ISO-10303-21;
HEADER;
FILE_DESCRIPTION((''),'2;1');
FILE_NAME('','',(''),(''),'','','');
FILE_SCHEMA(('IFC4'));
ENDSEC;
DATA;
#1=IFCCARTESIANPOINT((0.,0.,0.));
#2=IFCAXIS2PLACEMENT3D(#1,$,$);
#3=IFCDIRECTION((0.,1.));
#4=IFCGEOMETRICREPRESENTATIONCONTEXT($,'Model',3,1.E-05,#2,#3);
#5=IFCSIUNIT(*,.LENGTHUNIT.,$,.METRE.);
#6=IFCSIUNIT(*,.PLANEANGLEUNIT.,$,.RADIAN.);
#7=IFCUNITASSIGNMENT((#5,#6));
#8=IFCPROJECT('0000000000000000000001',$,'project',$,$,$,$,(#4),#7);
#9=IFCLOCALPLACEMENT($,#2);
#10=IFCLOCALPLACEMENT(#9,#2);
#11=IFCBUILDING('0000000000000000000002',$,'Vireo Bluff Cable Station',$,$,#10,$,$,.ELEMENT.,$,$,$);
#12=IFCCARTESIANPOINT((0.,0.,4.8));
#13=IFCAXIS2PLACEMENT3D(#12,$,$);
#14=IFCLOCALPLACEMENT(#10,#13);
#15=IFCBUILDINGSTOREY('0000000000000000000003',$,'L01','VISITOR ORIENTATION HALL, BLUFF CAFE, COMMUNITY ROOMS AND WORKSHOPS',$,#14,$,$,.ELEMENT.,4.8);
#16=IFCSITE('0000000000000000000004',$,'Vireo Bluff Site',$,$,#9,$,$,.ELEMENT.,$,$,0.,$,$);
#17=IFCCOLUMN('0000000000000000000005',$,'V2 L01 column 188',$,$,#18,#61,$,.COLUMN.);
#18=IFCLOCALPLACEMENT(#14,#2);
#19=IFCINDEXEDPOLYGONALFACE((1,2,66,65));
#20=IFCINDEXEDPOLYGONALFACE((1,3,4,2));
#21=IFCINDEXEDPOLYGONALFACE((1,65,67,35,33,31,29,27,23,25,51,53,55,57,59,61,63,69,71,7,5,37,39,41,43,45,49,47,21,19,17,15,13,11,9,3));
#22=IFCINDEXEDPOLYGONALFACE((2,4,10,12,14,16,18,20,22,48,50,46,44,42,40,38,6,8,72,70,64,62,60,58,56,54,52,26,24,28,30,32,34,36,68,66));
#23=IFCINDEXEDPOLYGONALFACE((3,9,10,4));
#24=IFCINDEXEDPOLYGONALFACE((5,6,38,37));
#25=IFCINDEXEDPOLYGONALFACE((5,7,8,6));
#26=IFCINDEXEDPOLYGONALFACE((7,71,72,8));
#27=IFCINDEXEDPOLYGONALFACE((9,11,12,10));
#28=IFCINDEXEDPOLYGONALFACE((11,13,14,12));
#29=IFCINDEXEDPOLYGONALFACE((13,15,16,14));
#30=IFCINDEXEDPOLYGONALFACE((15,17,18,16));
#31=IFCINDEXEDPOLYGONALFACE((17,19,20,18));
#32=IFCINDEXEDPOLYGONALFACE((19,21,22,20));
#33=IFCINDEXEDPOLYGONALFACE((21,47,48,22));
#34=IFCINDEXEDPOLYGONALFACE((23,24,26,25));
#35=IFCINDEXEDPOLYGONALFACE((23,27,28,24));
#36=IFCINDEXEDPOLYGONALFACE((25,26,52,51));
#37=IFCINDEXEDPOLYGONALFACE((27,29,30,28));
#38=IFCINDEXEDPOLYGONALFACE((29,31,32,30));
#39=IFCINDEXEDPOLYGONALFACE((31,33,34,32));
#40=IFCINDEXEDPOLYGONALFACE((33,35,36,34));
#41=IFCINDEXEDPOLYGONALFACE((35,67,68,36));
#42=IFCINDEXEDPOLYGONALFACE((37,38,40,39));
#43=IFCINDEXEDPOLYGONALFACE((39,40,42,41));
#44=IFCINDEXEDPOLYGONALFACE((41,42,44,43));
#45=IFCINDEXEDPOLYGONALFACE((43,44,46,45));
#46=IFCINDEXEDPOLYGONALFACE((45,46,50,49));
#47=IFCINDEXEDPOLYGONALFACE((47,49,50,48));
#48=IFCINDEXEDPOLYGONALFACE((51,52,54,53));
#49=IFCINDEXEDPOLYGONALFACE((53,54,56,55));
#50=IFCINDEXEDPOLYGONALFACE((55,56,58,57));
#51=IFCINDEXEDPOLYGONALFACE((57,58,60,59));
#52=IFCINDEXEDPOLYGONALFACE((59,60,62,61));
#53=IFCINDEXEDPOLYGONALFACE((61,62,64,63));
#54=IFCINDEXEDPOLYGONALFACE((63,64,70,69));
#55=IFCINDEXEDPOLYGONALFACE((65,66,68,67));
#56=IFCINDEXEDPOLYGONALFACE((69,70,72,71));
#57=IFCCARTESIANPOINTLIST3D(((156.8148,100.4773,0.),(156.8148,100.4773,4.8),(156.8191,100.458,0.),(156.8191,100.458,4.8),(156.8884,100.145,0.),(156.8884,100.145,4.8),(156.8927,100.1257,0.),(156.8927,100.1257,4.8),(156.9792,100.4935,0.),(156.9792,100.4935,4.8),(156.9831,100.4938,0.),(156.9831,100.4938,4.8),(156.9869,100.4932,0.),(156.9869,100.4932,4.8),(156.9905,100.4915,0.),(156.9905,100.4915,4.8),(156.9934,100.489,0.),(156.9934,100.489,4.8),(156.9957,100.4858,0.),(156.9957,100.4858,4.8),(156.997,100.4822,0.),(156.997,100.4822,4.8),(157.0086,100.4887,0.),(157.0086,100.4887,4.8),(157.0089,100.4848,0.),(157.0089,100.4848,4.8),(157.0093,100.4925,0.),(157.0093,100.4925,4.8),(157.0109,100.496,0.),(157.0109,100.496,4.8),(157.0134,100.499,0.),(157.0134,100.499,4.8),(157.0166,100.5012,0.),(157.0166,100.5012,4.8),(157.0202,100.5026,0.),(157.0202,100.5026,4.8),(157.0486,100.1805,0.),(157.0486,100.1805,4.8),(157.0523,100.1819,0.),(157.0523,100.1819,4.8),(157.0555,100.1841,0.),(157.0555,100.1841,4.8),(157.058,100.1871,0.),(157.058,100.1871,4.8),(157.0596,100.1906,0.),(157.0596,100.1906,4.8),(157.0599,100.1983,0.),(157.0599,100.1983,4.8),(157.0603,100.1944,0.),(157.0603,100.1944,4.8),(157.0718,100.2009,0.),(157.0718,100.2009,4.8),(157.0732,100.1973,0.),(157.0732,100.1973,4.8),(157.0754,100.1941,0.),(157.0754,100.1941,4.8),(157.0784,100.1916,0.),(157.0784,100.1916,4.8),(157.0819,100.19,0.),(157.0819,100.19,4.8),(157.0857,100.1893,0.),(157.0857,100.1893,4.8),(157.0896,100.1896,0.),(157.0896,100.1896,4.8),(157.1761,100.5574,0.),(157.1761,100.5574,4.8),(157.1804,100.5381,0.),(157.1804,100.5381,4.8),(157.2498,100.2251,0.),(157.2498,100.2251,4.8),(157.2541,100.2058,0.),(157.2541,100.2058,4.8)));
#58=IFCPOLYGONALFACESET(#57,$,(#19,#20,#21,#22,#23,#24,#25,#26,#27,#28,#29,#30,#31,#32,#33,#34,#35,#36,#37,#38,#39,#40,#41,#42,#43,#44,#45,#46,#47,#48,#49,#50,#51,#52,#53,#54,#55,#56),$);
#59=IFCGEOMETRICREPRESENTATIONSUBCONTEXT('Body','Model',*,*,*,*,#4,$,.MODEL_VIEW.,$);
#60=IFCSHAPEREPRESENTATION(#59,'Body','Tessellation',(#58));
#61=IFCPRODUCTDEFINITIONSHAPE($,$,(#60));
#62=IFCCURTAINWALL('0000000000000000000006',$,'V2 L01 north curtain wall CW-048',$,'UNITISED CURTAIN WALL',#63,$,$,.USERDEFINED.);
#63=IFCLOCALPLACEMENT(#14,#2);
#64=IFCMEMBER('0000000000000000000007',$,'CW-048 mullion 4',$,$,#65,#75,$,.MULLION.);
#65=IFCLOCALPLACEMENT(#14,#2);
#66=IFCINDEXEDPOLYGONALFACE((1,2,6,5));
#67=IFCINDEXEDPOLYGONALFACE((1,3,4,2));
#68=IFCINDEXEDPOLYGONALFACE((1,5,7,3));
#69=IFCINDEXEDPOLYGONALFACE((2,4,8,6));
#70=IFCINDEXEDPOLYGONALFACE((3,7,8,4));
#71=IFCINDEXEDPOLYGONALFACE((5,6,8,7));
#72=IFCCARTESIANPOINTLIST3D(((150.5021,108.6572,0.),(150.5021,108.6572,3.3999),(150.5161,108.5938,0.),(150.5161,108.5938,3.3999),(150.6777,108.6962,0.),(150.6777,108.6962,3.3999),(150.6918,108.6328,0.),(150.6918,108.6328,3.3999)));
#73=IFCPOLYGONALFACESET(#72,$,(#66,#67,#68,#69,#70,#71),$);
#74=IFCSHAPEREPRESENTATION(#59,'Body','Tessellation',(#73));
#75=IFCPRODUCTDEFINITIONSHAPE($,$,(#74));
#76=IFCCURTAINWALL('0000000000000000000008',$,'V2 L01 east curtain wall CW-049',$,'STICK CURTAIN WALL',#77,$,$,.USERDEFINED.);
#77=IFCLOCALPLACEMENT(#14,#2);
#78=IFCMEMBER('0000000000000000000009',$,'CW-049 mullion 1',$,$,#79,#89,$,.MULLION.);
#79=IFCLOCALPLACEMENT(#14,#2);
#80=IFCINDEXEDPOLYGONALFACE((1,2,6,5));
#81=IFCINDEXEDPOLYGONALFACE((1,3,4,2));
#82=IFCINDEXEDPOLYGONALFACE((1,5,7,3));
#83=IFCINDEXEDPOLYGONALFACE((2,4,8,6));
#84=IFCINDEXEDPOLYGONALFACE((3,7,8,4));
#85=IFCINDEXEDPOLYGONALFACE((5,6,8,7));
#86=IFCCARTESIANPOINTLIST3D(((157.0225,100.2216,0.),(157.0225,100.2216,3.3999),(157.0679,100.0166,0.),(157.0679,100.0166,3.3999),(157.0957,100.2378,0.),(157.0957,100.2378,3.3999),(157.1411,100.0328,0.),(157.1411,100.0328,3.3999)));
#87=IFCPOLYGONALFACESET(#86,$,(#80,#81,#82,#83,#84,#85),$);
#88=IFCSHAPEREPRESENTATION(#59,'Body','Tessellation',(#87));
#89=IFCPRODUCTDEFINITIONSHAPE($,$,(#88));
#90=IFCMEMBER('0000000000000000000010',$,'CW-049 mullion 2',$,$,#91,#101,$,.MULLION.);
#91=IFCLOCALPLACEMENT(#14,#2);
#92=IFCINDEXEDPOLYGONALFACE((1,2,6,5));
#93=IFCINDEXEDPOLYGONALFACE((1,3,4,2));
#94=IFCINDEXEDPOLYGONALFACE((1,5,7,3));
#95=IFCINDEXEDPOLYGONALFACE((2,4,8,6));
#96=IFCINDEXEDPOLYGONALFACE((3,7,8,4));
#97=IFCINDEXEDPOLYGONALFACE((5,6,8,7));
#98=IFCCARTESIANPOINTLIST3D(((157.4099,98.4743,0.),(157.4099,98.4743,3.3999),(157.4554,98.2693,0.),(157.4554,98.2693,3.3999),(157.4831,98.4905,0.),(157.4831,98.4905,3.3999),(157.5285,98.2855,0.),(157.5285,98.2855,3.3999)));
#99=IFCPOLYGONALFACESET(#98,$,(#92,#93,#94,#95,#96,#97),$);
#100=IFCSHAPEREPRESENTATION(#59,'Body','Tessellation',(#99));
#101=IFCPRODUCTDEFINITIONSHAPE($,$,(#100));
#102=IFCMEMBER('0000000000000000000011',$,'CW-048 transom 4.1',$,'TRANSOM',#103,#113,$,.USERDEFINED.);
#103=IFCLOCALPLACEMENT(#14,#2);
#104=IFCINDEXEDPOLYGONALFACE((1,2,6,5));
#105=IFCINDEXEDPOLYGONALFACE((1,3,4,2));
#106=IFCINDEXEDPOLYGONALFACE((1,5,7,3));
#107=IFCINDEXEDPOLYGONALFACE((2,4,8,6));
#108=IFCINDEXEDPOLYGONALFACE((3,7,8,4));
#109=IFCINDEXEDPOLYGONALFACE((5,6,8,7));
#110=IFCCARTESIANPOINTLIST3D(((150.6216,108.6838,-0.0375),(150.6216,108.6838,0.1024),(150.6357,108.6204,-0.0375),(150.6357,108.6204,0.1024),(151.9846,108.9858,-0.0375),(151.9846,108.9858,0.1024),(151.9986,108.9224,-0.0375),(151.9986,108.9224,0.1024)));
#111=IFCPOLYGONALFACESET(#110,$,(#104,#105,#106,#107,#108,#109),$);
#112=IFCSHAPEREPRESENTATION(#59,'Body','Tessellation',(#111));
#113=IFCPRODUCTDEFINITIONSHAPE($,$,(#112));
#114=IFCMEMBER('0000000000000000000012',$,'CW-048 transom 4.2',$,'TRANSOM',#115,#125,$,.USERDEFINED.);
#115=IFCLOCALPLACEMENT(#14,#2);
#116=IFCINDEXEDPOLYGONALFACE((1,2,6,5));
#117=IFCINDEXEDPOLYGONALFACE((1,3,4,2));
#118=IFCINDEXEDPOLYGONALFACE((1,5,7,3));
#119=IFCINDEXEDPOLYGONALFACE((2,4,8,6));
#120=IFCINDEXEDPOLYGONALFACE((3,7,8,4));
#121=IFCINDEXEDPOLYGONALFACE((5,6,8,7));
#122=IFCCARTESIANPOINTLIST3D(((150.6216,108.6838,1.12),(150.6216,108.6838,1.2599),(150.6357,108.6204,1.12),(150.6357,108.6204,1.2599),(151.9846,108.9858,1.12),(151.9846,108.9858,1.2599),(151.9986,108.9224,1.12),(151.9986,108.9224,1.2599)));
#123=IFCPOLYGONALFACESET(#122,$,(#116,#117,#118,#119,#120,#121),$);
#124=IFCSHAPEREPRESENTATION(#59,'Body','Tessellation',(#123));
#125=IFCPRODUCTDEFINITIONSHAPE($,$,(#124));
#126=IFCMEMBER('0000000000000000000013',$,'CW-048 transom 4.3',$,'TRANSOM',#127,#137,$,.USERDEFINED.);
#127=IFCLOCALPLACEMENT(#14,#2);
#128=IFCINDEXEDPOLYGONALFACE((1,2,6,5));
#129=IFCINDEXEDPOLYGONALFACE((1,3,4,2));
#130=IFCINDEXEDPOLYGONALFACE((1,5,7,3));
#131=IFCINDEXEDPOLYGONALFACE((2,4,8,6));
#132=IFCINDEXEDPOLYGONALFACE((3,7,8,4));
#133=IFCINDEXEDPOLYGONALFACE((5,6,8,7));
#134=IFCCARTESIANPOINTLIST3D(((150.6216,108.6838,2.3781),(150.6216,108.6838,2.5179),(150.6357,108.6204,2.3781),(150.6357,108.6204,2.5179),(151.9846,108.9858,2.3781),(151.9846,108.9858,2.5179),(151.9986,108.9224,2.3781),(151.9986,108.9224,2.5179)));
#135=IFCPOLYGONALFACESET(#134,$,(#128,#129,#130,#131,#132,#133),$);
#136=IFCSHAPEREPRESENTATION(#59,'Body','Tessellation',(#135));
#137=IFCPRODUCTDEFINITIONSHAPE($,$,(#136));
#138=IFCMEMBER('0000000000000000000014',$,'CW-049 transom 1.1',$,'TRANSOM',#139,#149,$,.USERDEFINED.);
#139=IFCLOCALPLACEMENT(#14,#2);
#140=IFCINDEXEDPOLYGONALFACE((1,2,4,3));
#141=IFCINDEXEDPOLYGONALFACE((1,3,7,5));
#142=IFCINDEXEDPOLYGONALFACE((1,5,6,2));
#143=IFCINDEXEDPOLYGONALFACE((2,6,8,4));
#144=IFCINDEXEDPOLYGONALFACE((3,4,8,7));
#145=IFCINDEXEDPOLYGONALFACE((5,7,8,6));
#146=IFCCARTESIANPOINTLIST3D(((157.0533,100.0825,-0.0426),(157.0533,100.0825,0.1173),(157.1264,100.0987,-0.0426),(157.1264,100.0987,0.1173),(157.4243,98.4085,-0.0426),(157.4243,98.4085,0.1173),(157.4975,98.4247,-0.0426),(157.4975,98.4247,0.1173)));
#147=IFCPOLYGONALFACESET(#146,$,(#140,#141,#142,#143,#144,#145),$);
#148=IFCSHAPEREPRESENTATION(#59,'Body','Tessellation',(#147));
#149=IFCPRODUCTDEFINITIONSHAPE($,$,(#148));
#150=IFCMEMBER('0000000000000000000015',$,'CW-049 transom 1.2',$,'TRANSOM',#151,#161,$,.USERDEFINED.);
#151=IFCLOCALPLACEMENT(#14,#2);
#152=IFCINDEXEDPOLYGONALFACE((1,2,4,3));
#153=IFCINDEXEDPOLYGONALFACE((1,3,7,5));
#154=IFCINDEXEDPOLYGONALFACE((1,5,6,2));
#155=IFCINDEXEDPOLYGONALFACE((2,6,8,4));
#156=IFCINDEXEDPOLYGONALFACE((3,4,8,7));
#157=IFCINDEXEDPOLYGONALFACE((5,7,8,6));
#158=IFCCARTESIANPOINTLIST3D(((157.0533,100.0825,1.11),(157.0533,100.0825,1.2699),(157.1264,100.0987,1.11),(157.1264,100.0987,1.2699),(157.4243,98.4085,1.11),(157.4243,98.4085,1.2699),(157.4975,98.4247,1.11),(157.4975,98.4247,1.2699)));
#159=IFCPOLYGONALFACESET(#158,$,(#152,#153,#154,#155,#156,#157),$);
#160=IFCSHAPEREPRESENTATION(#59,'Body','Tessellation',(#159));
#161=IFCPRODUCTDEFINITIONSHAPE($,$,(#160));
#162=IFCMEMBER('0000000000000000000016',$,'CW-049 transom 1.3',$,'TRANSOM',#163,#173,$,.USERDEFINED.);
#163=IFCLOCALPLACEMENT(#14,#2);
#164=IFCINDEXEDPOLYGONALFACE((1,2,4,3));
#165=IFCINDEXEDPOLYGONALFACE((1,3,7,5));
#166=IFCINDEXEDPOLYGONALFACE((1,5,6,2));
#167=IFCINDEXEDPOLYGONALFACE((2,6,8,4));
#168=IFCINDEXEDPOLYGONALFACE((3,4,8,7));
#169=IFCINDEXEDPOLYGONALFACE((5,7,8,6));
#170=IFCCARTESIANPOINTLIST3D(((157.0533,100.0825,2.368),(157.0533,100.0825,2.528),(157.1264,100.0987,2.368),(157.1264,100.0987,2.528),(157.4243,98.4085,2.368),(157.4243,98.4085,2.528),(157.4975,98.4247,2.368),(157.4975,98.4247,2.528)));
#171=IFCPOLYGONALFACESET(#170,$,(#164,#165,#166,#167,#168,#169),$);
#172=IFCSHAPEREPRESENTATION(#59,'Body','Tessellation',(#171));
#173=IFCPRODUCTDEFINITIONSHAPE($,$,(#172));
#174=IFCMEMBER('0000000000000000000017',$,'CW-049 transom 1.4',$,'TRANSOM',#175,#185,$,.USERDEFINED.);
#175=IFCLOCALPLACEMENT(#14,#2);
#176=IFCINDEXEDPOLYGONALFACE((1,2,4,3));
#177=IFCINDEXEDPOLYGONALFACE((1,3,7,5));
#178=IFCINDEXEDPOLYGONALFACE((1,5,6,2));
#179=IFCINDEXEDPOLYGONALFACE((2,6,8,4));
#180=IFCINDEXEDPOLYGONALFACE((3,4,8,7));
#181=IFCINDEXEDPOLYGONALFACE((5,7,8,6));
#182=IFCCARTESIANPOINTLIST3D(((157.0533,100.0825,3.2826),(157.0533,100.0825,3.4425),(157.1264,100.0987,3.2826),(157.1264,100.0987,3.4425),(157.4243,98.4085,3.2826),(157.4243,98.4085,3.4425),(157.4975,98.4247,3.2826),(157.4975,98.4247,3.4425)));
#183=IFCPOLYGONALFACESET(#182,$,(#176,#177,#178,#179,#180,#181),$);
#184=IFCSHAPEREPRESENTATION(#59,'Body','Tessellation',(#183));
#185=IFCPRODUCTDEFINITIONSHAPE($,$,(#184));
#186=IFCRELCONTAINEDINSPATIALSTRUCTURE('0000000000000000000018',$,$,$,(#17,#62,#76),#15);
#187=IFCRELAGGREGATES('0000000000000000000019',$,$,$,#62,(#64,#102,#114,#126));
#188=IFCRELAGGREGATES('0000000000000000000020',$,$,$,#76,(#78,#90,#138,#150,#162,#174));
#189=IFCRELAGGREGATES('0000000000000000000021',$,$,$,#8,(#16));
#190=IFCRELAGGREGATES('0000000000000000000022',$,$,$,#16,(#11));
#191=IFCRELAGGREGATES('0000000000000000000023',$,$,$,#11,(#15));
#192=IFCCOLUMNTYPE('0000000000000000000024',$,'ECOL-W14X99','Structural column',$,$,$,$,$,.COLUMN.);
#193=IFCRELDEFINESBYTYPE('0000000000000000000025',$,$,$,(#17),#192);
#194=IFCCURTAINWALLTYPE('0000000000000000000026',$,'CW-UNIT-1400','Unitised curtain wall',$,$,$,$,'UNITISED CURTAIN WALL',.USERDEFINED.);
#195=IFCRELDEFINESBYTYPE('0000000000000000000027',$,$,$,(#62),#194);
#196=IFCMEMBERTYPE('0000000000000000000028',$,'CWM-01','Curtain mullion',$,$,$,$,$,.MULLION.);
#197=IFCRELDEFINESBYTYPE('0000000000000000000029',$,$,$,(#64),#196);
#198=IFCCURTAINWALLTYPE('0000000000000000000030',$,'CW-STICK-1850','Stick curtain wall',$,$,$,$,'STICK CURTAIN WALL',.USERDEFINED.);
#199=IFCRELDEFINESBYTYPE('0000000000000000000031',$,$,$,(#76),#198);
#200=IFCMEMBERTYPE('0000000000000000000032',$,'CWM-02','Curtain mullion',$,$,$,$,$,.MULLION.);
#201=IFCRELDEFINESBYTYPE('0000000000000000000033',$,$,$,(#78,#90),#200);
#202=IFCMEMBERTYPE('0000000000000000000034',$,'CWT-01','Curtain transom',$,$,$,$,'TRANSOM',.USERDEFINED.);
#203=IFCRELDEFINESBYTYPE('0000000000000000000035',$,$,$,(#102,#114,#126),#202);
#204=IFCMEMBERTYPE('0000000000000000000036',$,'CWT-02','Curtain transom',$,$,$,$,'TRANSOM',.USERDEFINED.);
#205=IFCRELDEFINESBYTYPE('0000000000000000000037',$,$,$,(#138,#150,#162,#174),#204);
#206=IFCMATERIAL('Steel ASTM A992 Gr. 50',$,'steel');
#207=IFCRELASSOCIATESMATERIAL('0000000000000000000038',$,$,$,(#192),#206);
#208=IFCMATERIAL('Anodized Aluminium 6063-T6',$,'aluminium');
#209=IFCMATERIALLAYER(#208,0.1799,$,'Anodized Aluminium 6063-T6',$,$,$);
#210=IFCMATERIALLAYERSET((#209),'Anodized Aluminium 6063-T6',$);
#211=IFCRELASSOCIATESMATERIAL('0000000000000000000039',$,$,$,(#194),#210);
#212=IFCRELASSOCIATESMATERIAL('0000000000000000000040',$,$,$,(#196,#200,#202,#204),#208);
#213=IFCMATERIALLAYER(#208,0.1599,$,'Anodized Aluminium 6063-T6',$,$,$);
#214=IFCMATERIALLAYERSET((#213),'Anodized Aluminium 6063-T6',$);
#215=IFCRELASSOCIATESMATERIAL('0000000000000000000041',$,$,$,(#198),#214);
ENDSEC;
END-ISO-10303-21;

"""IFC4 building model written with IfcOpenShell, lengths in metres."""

from ifc_helpers import new_model, si_unit, direction, frame, origin, origin_2d, place, context, subcontext, project, spatial, rectangle, i_section, extrude, material, layer, layer_set, material_profile, profile_set, type_object, element, aggregate, save


model = new_model("IFC4")

# Units and contexts
model_context = context("Model", 3, precision=1e-05, world=origin(), true_north=direction((0.0, 1.0)))
body_context = subcontext(model_context, "Body", "Model", "MODEL_VIEW")
ifc_project = project(units=[si_unit("LENGTHUNIT", "METRE"), si_unit("PLANEANGLEUNIT", "RADIAN")], contexts=[model_context])

# Site, building, storey
site_placement = place(None, origin())
site = spatial("IfcSite", under=ifc_project, at=site_placement, Name="Vireo Bluff Site", CompositionType="ELEMENT", RefElevation=0.0)
building_placement = place(site_placement, origin())
building = spatial("IfcBuilding", under=site, at=building_placement, Name="Vireo Bluff Cable Station", CompositionType="ELEMENT")
storey_placement = place(building_placement, frame((0.0, 0.0, 4.8)))
storey = spatial("IfcBuildingStorey", under=building, at=storey_placement, Name="L01", Description="VISITOR ORIENTATION HALL, BLUFF CAFE, COMMUNITY ROOMS AND WORKSHOPS", CompositionType="ELEMENT", Elevation=4.8)

# Column
ifc_material_1 = material(Name="Steel ASTM A992 Gr. 50", Category="steel")
ifc_material_profile_1 = material_profile(ifc_material_1, i_section(OverallWidth=0.3701, OverallDepth=0.3601, WebThickness=0.0122, FlangeThickness=0.0198, FilletRadius=0.0149, at=origin_2d()), Name="W14X99")
ifc_profile_set_1 = profile_set([ifc_material_profile_1], Name="Steel ASTM A992 Gr. 50")
column_type = type_object("IfcColumnType", Name="ECOL-W14X99", Description="Structural column", PredefinedType="COLUMN", material=ifc_profile_set_1)
column_placement = place(storey_placement, frame((157.0344, 100.3416, 0.0), z_axis=(0.0, 0.0, 1.0), x_axis=(0.976296, 0.21644, 0.0)))
element("IfcColumn", 1, at=column_placement, inside=storey, type_object=column_type, Name="V2 L01 column 188", PredefinedType="COLUMN", context=body_context, shape_type="SweptSolid", body=[
    extrude(i_section(OverallWidth=0.3701, OverallDepth=0.3601, WebThickness=0.0122, FlangeThickness=0.0198, FilletRadius=0.0149, at=origin_2d()), origin(), (0.0, 0.0, 1.0), 4.8),
])

# Curtain wall, member
ifc_material_2 = material(Name="Anodized Aluminium 6063-T6", Category="aluminium")
ifc_layer_1 = layer(ifc_material_2, 0.1799, Name="Anodized Aluminium 6063-T6")
ifc_layer_set_1 = layer_set([ifc_layer_1], Name="Anodized Aluminium 6063-T6")
curtain_wall_type_1 = type_object("IfcCurtainWallType", Name="CW-UNIT-1400", Description="Unitised curtain wall", ElementType="UNITISED CURTAIN WALL", PredefinedType="USERDEFINED", material=ifc_layer_set_1)
curtain_wall_1_placement = place(storey_placement, origin())
curtain_wall_1 = element("IfcCurtainWall", 2, at=curtain_wall_1_placement, inside=storey, type_object=curtain_wall_type_1, Name="V2 L01 north curtain wall CW-048", ObjectType="UNITISED CURTAIN WALL", PredefinedType="USERDEFINED")
ifc_material_profile_2 = material_profile(ifc_material_2, rectangle(XDim=0.0649, YDim=0.1799, at=origin_2d()), Name="ALU-M-65X180")
ifc_profile_set_2 = profile_set([ifc_material_profile_2], Name="Anodized Aluminium 6063-T6")
member_type_1 = type_object("IfcMemberType", Name="CWM-01", Description="Curtain mullion", PredefinedType="MULLION", material=ifc_profile_set_2)
member_1_placement = place(storey_placement, frame((150.5969, 108.645, 0.0), z_axis=(0.0, 0.0, 1.0), x_axis=(-0.21644, 0.976296, 0.0)))
member_1 = element("IfcMember", 3, at=member_1_placement, type_object=member_type_1, Name="CW-048 mullion 4", PredefinedType="MULLION", context=body_context, shape_type="SweptSolid", body=[
    extrude(rectangle(XDim=0.0649, YDim=0.1799, at=origin_2d()), origin(), (0.0, 0.0, 1.0), 3.3999),
])

# Curtain wall, members
ifc_layer_2 = layer(ifc_material_2, 0.1599, Name="Anodized Aluminium 6063-T6")
ifc_layer_set_2 = layer_set([ifc_layer_2], Name="Anodized Aluminium 6063-T6")
curtain_wall_type_2 = type_object("IfcCurtainWallType", Name="CW-STICK-1850", Description="Stick curtain wall", ElementType="STICK CURTAIN WALL", PredefinedType="USERDEFINED", material=ifc_layer_set_2)
curtain_wall_2_placement = place(storey_placement, origin())
curtain_wall_2 = element("IfcCurtainWall", 4, at=curtain_wall_2_placement, inside=storey, type_object=curtain_wall_type_2, Name="V2 L01 east curtain wall CW-049", ObjectType="STICK CURTAIN WALL", PredefinedType="USERDEFINED")
ifc_material_profile_3 = material_profile(ifc_material_2, rectangle(XDim=0.075, YDim=0.21, at=origin_2d()), Name="ALU-M-75X210")
ifc_profile_set_3 = profile_set([ifc_material_profile_3], Name="Anodized Aluminium 6063-T6")
member_type_2 = type_object("IfcMemberType", Name="CWM-02", Description="Curtain mullion", PredefinedType="MULLION", material=ifc_profile_set_3)
member_2_placement = place(storey_placement, frame((157.0818, 100.1272, 0.0), z_axis=(0.0, 0.0, 1.0), x_axis=(0.976296, 0.21644, 0.0)))
member_2 = element("IfcMember", 5, at=member_2_placement, type_object=member_type_2, Name="CW-049 mullion 1", PredefinedType="MULLION", context=body_context, shape_type="SweptSolid", body=[
    extrude(rectangle(XDim=0.075, YDim=0.21, at=origin_2d()), origin(), (0.0, 0.0, 1.0), 3.3999),
])
member_3_placement = place(storey_placement, frame((157.4692, 98.3799, 0.0), z_axis=(0.0, 0.0, 1.0), x_axis=(0.976296, 0.21644, 0.0)))
member_3 = element("IfcMember", 6, at=member_3_placement, type_object=member_type_2, Name="CW-049 mullion 2", PredefinedType="MULLION", context=body_context, shape_type="SweptSolid", body=[
    extrude(rectangle(XDim=0.075, YDim=0.21, at=origin_2d()), origin(), (0.0, 0.0, 1.0), 3.3999),
])

# Members
ifc_material_profile_4 = material_profile(ifc_material_2, rectangle(XDim=0.0649, YDim=0.1399, at=origin_2d()), Name="ALU-T-65X140")
ifc_profile_set_4 = profile_set([ifc_material_profile_4], Name="Anodized Aluminium 6063-T6")
member_type_3 = type_object("IfcMemberType", Name="CWT-01", Description="Curtain transom", ElementType="TRANSOM", PredefinedType="USERDEFINED", material=ifc_profile_set_4)
member_4_placement = place(storey_placement, frame((150.6287, 108.6521, 0.0325), z_axis=(0.976323, 0.216319, 0.0), x_axis=(-0.216319, 0.976323, 0.0)))
member_4 = element("IfcMember", 7, at=member_4_placement, type_object=member_type_3, Name="CW-048 transom 4.1", ObjectType="TRANSOM", PredefinedType="USERDEFINED", context=body_context, shape_type="SweptSolid", body=[
    extrude(rectangle(XDim=0.0649, YDim=0.1399, at=origin_2d()), origin(), (0.0, 0.0, 1.0), 1.396),
])
member_5_placement = place(storey_placement, frame((150.6287, 108.6521, 1.1899), z_axis=(0.976323, 0.216319, 0.0), x_axis=(-0.216319, 0.976323, 0.0)))
member_5 = element("IfcMember", 8, at=member_5_placement, type_object=member_type_3, Name="CW-048 transom 4.2", ObjectType="TRANSOM", PredefinedType="USERDEFINED", context=body_context, shape_type="SweptSolid", body=[
    extrude(rectangle(XDim=0.0649, YDim=0.1399, at=origin_2d()), origin(), (0.0, 0.0, 1.0), 1.396),
])
member_6_placement = place(storey_placement, frame((150.6287, 108.6521, 2.448), z_axis=(0.976323, 0.216319, 0.0), x_axis=(-0.216319, 0.976323, 0.0)))
member_6 = element("IfcMember", 9, at=member_6_placement, type_object=member_type_3, Name="CW-048 transom 4.3", ObjectType="TRANSOM", PredefinedType="USERDEFINED", context=body_context, shape_type="SweptSolid", body=[
    extrude(rectangle(XDim=0.0649, YDim=0.1399, at=origin_2d()), origin(), (0.0, 0.0, 1.0), 1.396),
])
ifc_material_profile_5 = material_profile(ifc_material_2, rectangle(XDim=0.075, YDim=0.1599, at=origin_2d()), Name="ALU-T-75X160")
ifc_profile_set_5 = profile_set([ifc_material_profile_5], Name="Anodized Aluminium 6063-T6")
member_type_4 = type_object("IfcMemberType", Name="CWT-02", Description="Curtain transom", ElementType="TRANSOM", PredefinedType="USERDEFINED", material=ifc_profile_set_5)
member_7_placement = place(storey_placement, frame((157.0898, 100.0906, 0.0374), z_axis=(0.216418, -0.976301, 0.0), x_axis=(0.976301, 0.216418, 0.0)))
member_7 = element("IfcMember", 10, at=member_7_placement, type_object=member_type_4, Name="CW-049 transom 1.1", ObjectType="TRANSOM", PredefinedType="USERDEFINED", context=body_context, shape_type="SweptSolid", body=[
    extrude(rectangle(XDim=0.075, YDim=0.1599, at=origin_2d()), origin(), (0.0, 0.0, 1.0), 1.7146),
])
member_8_placement = place(storey_placement, frame((157.0898, 100.0906, 1.1899), z_axis=(0.216418, -0.976301, 0.0), x_axis=(0.976301, 0.216418, 0.0)))
member_8 = element("IfcMember", 11, at=member_8_placement, type_object=member_type_4, Name="CW-049 transom 1.2", ObjectType="TRANSOM", PredefinedType="USERDEFINED", context=body_context, shape_type="SweptSolid", body=[
    extrude(rectangle(XDim=0.075, YDim=0.1599, at=origin_2d()), origin(), (0.0, 0.0, 1.0), 1.7146),
])
member_9_placement = place(storey_placement, frame((157.0898, 100.0906, 2.448), z_axis=(0.216418, -0.976301, 0.0), x_axis=(0.976301, 0.216418, 0.0)))
member_9 = element("IfcMember", 12, at=member_9_placement, type_object=member_type_4, Name="CW-049 transom 1.3", ObjectType="TRANSOM", PredefinedType="USERDEFINED", context=body_context, shape_type="SweptSolid", body=[
    extrude(rectangle(XDim=0.075, YDim=0.1599, at=origin_2d()), origin(), (0.0, 0.0, 1.0), 1.7146),
])
member_10_placement = place(storey_placement, frame((157.0898, 100.0906, 3.3625), z_axis=(0.216418, -0.976301, 0.0), x_axis=(0.976301, 0.216418, 0.0)))
member_10 = element("IfcMember", 13, at=member_10_placement, type_object=member_type_4, Name="CW-049 transom 1.4", ObjectType="TRANSOM", PredefinedType="USERDEFINED", context=body_context, shape_type="SweptSolid", body=[
    extrude(rectangle(XDim=0.075, YDim=0.1599, at=origin_2d()), origin(), (0.0, 0.0, 1.0), 1.7146),
])

aggregate(curtain_wall_1, [member_1, member_4, member_5, member_6])
aggregate(curtain_wall_2, [member_2, member_3, member_7, member_8, member_9, member_10])

save(model, "model.ifc")
